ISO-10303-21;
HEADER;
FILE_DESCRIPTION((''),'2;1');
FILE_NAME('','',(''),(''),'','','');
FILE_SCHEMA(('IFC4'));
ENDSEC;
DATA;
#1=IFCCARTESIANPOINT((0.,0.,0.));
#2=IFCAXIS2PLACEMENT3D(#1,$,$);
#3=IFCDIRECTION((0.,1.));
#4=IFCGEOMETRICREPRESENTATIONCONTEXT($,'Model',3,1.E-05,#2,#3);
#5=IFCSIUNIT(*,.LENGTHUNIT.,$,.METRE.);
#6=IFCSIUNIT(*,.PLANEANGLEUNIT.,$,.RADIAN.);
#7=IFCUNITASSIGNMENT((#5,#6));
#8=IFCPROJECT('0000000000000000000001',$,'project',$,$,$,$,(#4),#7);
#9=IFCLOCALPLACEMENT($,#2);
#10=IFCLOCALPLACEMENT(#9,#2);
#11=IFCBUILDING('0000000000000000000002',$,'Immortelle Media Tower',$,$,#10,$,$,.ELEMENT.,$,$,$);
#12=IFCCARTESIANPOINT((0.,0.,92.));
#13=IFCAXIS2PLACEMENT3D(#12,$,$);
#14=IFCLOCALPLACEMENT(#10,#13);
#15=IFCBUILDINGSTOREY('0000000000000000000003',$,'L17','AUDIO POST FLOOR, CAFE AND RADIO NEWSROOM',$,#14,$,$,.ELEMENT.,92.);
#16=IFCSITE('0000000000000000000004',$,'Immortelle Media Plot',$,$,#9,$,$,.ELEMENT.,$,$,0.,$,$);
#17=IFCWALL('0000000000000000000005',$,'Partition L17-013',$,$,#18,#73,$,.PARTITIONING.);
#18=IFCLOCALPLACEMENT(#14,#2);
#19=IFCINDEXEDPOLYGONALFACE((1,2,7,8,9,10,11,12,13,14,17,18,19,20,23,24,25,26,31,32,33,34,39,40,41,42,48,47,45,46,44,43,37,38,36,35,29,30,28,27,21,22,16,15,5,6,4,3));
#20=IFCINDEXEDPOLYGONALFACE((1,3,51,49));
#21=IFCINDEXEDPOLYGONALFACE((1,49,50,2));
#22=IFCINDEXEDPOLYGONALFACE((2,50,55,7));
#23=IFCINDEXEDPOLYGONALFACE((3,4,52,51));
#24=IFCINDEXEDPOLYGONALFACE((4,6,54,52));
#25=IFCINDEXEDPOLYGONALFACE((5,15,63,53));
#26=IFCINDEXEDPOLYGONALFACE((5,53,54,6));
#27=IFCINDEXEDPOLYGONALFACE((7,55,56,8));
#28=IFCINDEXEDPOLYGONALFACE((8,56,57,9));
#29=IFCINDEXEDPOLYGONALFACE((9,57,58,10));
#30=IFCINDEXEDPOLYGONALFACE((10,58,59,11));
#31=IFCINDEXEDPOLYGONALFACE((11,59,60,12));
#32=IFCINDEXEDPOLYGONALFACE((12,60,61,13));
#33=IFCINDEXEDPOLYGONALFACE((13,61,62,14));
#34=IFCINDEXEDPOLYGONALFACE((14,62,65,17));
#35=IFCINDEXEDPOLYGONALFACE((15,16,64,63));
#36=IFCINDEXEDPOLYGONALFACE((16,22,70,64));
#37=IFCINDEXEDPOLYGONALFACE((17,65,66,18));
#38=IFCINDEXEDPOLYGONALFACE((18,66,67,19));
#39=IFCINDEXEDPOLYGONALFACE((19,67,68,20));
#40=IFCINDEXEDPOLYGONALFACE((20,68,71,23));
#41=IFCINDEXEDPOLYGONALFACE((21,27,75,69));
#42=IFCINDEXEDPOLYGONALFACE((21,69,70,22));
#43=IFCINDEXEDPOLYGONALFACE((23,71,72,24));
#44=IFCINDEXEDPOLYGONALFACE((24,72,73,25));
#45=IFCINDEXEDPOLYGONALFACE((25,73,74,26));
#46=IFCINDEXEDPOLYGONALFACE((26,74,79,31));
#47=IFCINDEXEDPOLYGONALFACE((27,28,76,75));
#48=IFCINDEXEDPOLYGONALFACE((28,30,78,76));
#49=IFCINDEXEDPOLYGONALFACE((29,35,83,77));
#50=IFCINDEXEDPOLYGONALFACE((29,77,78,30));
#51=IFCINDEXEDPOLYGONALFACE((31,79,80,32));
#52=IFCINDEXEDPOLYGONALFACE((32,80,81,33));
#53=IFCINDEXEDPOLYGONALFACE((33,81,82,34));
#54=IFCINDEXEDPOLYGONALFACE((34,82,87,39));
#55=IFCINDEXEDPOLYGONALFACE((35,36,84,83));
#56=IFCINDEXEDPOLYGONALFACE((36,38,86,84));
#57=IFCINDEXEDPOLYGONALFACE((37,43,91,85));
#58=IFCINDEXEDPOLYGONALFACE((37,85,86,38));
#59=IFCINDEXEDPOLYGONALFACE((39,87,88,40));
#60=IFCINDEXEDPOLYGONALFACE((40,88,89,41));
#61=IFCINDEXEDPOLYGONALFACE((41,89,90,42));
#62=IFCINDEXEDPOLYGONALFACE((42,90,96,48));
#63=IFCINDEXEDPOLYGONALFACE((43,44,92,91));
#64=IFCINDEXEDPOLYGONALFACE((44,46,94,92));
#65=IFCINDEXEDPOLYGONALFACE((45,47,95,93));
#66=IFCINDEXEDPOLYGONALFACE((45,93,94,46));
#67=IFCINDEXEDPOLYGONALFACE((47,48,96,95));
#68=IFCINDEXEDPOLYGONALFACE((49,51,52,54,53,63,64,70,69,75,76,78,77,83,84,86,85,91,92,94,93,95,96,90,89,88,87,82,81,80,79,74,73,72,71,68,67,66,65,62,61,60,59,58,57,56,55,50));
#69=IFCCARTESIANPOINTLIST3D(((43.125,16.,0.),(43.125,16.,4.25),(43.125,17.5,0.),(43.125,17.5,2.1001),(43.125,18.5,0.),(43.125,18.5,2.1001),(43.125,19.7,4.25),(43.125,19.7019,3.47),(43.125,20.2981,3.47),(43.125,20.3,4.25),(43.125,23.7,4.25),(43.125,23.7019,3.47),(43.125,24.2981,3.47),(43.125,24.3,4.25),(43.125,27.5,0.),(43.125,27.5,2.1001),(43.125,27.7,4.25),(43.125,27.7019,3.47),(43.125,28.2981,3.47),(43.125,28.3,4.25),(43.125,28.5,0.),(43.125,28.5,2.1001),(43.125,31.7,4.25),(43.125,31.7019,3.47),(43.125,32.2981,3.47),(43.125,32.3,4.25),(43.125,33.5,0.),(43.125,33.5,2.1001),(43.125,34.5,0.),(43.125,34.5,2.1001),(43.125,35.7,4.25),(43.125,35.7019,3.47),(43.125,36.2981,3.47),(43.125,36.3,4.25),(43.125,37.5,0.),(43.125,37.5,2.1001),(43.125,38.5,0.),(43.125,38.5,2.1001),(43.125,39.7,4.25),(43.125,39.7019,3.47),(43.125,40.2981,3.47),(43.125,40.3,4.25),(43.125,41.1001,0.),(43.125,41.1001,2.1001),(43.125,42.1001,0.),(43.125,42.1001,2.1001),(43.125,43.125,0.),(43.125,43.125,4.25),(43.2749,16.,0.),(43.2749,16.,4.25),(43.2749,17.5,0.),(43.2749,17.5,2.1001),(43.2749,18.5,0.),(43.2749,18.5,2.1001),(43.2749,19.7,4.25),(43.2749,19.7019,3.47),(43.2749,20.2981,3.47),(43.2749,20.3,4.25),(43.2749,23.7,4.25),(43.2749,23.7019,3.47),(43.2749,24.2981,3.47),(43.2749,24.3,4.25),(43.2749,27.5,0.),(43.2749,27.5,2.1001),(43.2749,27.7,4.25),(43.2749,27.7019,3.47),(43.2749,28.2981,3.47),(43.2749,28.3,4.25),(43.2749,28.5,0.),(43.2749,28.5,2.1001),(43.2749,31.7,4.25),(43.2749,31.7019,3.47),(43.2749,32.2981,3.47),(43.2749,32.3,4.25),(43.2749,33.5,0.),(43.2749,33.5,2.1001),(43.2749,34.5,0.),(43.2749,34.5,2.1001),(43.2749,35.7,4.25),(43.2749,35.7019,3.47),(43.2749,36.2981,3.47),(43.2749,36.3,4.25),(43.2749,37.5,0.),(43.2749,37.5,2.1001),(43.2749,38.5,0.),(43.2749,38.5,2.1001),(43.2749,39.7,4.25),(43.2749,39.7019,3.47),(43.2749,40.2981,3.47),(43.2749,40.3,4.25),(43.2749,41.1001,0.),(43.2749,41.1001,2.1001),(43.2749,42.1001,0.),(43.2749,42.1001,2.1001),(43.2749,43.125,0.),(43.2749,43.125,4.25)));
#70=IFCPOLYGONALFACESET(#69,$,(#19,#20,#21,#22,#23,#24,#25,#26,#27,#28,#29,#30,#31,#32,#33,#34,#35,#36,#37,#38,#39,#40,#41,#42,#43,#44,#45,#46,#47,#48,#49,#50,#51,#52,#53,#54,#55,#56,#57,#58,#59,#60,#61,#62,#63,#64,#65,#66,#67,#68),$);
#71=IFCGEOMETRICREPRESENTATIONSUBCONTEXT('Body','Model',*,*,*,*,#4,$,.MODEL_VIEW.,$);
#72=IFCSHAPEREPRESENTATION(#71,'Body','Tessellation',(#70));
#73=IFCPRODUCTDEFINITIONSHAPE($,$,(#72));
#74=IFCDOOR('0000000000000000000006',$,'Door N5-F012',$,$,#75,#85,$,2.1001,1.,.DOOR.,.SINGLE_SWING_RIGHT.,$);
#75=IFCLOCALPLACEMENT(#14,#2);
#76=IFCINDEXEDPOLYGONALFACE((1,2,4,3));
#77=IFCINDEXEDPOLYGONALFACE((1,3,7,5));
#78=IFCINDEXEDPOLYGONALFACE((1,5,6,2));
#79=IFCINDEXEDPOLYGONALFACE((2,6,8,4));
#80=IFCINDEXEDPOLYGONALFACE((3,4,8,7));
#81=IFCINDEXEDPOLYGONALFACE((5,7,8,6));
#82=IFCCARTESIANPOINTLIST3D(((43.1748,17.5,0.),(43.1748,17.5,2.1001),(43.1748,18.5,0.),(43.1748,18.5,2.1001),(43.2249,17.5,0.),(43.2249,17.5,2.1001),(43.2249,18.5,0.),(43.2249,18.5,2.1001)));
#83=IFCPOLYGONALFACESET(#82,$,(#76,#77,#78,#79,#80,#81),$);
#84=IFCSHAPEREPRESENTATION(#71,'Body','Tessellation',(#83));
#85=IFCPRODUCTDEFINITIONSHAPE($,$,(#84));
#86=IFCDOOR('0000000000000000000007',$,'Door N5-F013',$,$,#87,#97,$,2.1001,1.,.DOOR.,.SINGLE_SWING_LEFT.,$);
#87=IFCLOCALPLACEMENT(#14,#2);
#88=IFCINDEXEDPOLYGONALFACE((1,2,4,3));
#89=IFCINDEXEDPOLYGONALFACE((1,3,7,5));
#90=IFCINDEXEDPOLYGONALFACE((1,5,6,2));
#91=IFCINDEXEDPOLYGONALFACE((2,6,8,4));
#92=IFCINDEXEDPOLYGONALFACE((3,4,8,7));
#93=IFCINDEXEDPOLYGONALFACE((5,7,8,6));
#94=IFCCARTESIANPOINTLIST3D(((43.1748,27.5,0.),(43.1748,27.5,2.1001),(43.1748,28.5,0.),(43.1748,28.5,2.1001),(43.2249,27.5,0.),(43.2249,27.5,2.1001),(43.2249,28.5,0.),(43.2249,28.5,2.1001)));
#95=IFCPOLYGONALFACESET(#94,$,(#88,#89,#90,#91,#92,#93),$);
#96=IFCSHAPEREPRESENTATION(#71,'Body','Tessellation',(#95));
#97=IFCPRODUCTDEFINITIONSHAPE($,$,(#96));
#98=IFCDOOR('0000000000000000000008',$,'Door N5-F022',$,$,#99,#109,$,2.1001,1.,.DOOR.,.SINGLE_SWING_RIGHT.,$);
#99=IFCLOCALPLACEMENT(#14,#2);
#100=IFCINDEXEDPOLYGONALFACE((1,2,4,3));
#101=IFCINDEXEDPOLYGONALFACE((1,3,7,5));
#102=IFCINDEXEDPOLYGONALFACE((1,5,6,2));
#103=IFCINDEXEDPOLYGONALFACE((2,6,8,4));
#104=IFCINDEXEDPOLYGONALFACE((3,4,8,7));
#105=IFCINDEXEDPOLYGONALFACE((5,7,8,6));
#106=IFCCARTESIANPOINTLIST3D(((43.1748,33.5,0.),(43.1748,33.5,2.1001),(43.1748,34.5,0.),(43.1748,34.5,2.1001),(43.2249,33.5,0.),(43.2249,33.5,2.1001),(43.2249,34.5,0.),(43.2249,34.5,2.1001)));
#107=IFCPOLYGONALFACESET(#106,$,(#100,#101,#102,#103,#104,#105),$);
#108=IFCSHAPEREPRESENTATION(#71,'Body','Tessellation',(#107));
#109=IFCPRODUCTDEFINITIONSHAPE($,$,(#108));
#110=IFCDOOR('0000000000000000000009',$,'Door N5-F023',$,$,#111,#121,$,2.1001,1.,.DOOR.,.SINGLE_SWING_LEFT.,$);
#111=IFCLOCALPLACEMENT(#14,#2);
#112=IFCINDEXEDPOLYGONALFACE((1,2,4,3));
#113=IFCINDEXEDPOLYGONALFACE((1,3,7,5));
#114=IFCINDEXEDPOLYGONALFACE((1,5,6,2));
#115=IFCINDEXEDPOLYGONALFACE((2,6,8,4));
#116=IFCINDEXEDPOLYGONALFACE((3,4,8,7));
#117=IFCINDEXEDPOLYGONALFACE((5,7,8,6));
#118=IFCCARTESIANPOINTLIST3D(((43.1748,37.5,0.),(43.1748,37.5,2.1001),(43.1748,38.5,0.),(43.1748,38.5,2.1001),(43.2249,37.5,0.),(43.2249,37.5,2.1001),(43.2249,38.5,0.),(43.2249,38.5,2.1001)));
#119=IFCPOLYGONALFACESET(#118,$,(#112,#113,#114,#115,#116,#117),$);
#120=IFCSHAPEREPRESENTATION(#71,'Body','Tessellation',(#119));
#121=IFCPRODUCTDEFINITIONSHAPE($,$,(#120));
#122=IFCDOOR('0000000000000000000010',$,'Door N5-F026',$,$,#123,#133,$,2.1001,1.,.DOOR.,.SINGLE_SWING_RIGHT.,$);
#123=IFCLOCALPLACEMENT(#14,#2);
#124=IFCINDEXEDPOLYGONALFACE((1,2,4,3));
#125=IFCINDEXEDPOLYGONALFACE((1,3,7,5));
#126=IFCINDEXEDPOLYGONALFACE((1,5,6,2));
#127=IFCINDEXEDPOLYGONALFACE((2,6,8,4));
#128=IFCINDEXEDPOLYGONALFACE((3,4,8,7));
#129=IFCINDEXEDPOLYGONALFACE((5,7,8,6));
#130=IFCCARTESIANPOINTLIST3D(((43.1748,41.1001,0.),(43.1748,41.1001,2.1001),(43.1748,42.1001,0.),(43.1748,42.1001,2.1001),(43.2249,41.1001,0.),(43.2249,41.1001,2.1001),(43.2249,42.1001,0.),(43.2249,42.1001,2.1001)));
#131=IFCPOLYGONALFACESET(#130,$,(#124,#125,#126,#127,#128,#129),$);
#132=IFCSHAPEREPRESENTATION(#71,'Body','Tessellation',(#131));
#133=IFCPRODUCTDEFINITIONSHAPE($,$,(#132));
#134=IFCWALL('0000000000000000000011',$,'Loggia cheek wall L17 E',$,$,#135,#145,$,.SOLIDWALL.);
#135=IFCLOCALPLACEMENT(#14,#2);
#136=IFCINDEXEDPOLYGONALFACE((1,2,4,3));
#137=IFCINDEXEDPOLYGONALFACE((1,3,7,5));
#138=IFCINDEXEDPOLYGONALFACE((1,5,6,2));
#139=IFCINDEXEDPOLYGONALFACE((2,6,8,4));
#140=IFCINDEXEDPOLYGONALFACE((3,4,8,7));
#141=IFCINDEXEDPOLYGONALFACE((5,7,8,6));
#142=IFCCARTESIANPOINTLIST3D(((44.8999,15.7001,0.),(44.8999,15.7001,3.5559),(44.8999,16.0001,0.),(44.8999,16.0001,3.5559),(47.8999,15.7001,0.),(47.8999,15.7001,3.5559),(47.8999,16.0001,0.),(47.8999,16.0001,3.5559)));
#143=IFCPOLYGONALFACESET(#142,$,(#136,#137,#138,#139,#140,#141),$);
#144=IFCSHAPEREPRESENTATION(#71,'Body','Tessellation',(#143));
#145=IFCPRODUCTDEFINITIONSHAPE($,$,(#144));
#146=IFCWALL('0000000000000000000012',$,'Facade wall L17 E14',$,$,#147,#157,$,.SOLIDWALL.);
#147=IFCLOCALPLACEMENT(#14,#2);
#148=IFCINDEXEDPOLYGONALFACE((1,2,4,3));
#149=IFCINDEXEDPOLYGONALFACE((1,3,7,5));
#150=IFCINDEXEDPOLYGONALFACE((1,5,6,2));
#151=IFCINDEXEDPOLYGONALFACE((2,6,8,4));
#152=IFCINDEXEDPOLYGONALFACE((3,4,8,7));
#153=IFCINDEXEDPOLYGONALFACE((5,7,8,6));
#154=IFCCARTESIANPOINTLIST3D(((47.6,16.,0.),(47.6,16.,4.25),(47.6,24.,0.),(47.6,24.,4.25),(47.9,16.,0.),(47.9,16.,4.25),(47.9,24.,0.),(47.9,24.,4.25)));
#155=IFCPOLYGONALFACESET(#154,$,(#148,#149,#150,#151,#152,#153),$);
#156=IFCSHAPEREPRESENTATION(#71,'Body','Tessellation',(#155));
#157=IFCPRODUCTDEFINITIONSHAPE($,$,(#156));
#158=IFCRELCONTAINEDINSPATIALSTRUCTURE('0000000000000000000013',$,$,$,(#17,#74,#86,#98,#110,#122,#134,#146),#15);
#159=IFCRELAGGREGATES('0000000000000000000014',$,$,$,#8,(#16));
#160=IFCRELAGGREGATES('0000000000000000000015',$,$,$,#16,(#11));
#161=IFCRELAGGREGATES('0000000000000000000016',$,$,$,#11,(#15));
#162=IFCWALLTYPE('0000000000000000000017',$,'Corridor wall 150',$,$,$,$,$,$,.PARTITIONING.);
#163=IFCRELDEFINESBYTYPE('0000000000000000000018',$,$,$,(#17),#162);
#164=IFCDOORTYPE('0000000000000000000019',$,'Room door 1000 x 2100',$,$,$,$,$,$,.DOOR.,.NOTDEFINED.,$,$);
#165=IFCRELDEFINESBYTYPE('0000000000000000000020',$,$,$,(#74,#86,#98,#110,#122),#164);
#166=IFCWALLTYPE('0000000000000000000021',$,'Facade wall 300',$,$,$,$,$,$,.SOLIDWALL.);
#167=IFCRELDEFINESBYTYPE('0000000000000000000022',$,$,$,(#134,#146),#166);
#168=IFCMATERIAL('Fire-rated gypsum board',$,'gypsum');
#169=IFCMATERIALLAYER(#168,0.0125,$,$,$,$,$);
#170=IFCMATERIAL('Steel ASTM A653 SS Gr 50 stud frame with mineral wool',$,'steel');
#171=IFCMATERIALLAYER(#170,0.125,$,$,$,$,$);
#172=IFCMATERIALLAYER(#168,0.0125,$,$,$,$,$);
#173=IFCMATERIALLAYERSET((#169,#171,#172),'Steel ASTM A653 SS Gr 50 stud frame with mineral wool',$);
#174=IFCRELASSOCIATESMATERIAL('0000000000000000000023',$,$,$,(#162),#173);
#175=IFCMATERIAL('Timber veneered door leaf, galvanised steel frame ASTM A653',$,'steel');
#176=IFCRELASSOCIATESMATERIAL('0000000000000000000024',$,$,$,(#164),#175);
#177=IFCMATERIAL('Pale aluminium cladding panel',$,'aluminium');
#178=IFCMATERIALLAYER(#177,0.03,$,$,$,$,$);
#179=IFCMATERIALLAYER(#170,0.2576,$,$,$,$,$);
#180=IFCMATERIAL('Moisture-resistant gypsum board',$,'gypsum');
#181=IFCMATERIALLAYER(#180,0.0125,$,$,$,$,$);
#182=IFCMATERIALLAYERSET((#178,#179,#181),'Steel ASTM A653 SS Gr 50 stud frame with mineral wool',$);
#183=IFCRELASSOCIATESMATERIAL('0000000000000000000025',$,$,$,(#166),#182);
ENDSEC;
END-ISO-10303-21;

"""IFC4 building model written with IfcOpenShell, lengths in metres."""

from ifc_helpers import new_model, si_unit, direction, frame, frame_2d, origin, place, context, subcontext, project, spatial, polyline, rectangle, outline, extrude, material, layer, layer_set, type_object, element, fill, save


model = new_model("IFC4")

# Units and contexts
model_context = context("Model", 3, precision=1e-05, world=origin(), true_north=direction((0.0, 1.0)))
body_context = subcontext(model_context, "Body", "Model", "MODEL_VIEW")
ifc_project = project(units=[si_unit("LENGTHUNIT", "METRE"), si_unit("PLANEANGLEUNIT", "RADIAN")], contexts=[model_context])

# Site, building, storey
site_placement = place(None, origin())
site = spatial("IfcSite", under=ifc_project, at=site_placement, Name="Immortelle Media Plot", CompositionType="ELEMENT", RefElevation=0.0)
building_placement = place(site_placement, origin())
building = spatial("IfcBuilding", under=site, at=building_placement, Name="Immortelle Media Tower", CompositionType="ELEMENT")
storey_placement = place(building_placement, frame((0.0, 0.0, 92.0)))
storey = spatial("IfcBuildingStorey", under=building, at=storey_placement, Name="L17", Description="AUDIO POST FLOOR, CAFE AND RADIO NEWSROOM", CompositionType="ELEMENT", Elevation=92.0)

# Shared definitions
ifc_material_1 = material(Name="Fire-rated gypsum board", Category="gypsum")
ifc_layer_1 = layer(ifc_material_1, 0.0125)
ifc_material_2 = material(Name="Steel ASTM A653 SS Gr 50 stud frame with mineral wool", Category="steel")
ifc_layer_2 = layer(ifc_material_2, 0.125)
ifc_layer_3 = layer(ifc_material_1, 0.0125)
ifc_layer_set_1 = layer_set([ifc_layer_1, ifc_layer_2, ifc_layer_3], Name="Steel ASTM A653 SS Gr 50 stud frame with mineral wool")
wall_type_1 = type_object("IfcWallType", Name="Corridor wall 150", PredefinedType="PARTITIONING", material=ifc_layer_set_1)
ifc_material_3 = material(Name="Timber veneered door leaf, galvanised steel frame ASTM A653", Category="steel")
door_type = type_object("IfcDoorType", Name="Room door 1000 x 2100", OperationType="NOTDEFINED", PredefinedType="DOOR", material=ifc_material_3)

# Wall, openings, doors
wall_1_placement = place(storey_placement, frame((43.2, 16.0, 0.0), z_axis=(0.0, 0.0, 1.0), x_axis=(0.0, 1.0, 0.0)))
wall_1 = element("IfcWall", 1, at=wall_1_placement, inside=storey, type_object=wall_type_1, Name="Partition L17-013", PredefinedType="PARTITIONING", context=body_context, shape_type="SweptSolid", body=[
    extrude(outline(polyline([(0.0, 0.0), (27.125, 0.0), (27.125, 4.25), (24.3, 4.25), (24.2981, 3.47), (23.7019, 3.47), (23.7, 4.25), (20.3, 4.25), (20.2981, 3.47), (19.7019, 3.47), (19.7, 4.25), (16.3, 4.25), (16.2981, 3.47), (15.7019, 3.47), (15.7, 4.25), (12.3, 4.25), (12.2981, 3.47), (11.7019, 3.47), (11.7, 4.25), (8.3, 4.25), (8.2981, 3.47), (7.7019, 3.47), (7.7, 4.25), (4.3, 4.25), (4.2981, 3.47), (3.7019, 3.47), (3.7, 4.25), (0.0, 4.25), (0.0, 0.0)])), frame((0.0, 0.075, 0.0), z_axis=(0.0, -1.0, 0.0), x_axis=(1.0, 0.0, 0.0)), (0.0, 0.0, 1.0), 0.1499),
])
opening_1_placement = place(wall_1_placement, frame((2.5, 0.0, 0.0), z_axis=(0.0, 0.0, 1.0), x_axis=(-1.0, 0.0, 0.0)))
opening_1 = element("IfcOpeningElement", 2, at=opening_1_placement, cuts=wall_1, PredefinedType="OPENING", context=body_context, shape_type="SweptSolid", body=[
    extrude(rectangle(XDim=1.0, YDim=2.1001, at=frame_2d((0.5, 1.05))), frame((0.0, 0.085, 0.0), z_axis=(0.0, -1.0, 0.0), x_axis=(1.0, 0.0, 0.0)), (0.0, 0.0, 1.0), 0.1699),
])
opening_2_placement = place(wall_1_placement, frame((12.5, 0.0, 0.0), z_axis=(0.0, 0.0, 1.0), x_axis=(-1.0, 0.0, 0.0)))
opening_2 = element("IfcOpeningElement", 3, at=opening_2_placement, cuts=wall_1, PredefinedType="OPENING", context=body_context, shape_type="SweptSolid", body=[
    extrude(rectangle(XDim=1.0, YDim=2.1001, at=frame_2d((0.5, 1.05))), frame((0.0, 0.085, 0.0), z_axis=(0.0, -1.0, 0.0), x_axis=(1.0, 0.0, 0.0)), (0.0, 0.0, 1.0), 0.1699),
])
opening_3_placement = place(wall_1_placement, frame((18.5, 0.0, 0.0), z_axis=(0.0, 0.0, 1.0), x_axis=(-1.0, 0.0, 0.0)))
opening_3 = element("IfcOpeningElement", 4, at=opening_3_placement, cuts=wall_1, PredefinedType="OPENING", context=body_context, shape_type="SweptSolid", body=[
    extrude(rectangle(XDim=1.0, YDim=2.1001, at=frame_2d((0.5, 1.05))), frame((0.0, 0.085, 0.0), z_axis=(0.0, -1.0, 0.0), x_axis=(1.0, 0.0, 0.0)), (0.0, 0.0, 1.0), 0.1699),
])
opening_4_placement = place(wall_1_placement, frame((22.5, 0.0, 0.0), z_axis=(0.0, 0.0, 1.0), x_axis=(-1.0, 0.0, 0.0)))
opening_4 = element("IfcOpeningElement", 5, at=opening_4_placement, cuts=wall_1, PredefinedType="OPENING", context=body_context, shape_type="SweptSolid", body=[
    extrude(rectangle(XDim=1.0, YDim=2.1001, at=frame_2d((0.5, 1.05))), frame((0.0, 0.085, 0.0), z_axis=(0.0, -1.0, 0.0), x_axis=(1.0, 0.0, 0.0)), (0.0, 0.0, 1.0), 0.1699),
])
opening_5_placement = place(wall_1_placement, frame((26.1001, 0.0, 0.0), z_axis=(0.0, 0.0, 1.0), x_axis=(-1.0, 0.0, 0.0)))
opening_5 = element("IfcOpeningElement", 6, at=opening_5_placement, cuts=wall_1, PredefinedType="OPENING", context=body_context, shape_type="SweptSolid", body=[
    extrude(rectangle(XDim=1.0, YDim=2.1001, at=frame_2d((0.5, 1.05))), frame((0.0, 0.085, 0.0), z_axis=(0.0, -1.0, 0.0), x_axis=(1.0, 0.0, 0.0)), (0.0, 0.0, 1.0), 0.1699),
])
door_1_placement = place(opening_1_placement, origin())
door_1 = element("IfcDoor", 7, at=door_1_placement, inside=storey, type_object=door_type, Name="Door N5-F012", OperationType="SINGLE_SWING_RIGHT", OverallHeight=2.1001, OverallWidth=1.0, PredefinedType="DOOR", context=body_context, shape_type="SweptSolid", body=[
    extrude(rectangle(XDim=1.0, YDim=2.1001, at=frame_2d((0.5, 1.05))), frame((0.0, 0.0249, 0.0), z_axis=(0.0, -1.0, 0.0), x_axis=(1.0, 0.0, 0.0)), (0.0, 0.0, 1.0), 0.05),
])
fill(opening_1, door_1)
door_2_placement = place(opening_2_placement, origin())
door_2 = element("IfcDoor", 8, at=door_2_placement, inside=storey, type_object=door_type, Name="Door N5-F013", OperationType="SINGLE_SWING_LEFT", OverallHeight=2.1001, OverallWidth=1.0, PredefinedType="DOOR", context=body_context, shape_type="SweptSolid", body=[
    extrude(rectangle(XDim=1.0, YDim=2.1001, at=frame_2d((0.5, 1.05))), frame((0.0, 0.0249, 0.0), z_axis=(0.0, -1.0, 0.0), x_axis=(1.0, 0.0, 0.0)), (0.0, 0.0, 1.0), 0.05),
])
fill(opening_2, door_2)
door_3_placement = place(opening_3_placement, origin())
door_3 = element("IfcDoor", 9, at=door_3_placement, inside=storey, type_object=door_type, Name="Door N5-F022", OperationType="SINGLE_SWING_RIGHT", OverallHeight=2.1001, OverallWidth=1.0, PredefinedType="DOOR", context=body_context, shape_type="SweptSolid", body=[
    extrude(rectangle(XDim=1.0, YDim=2.1001, at=frame_2d((0.5, 1.05))), frame((0.0, 0.0249, 0.0), z_axis=(0.0, -1.0, 0.0), x_axis=(1.0, 0.0, 0.0)), (0.0, 0.0, 1.0), 0.05),
])
fill(opening_3, door_3)
door_4_placement = place(opening_4_placement, origin())
door_4 = element("IfcDoor", 10, at=door_4_placement, inside=storey, type_object=door_type, Name="Door N5-F023", OperationType="SINGLE_SWING_LEFT", OverallHeight=2.1001, OverallWidth=1.0, PredefinedType="DOOR", context=body_context, shape_type="SweptSolid", body=[
    extrude(rectangle(XDim=1.0, YDim=2.1001, at=frame_2d((0.5, 1.05))), frame((0.0, 0.0249, 0.0), z_axis=(0.0, -1.0, 0.0), x_axis=(1.0, 0.0, 0.0)), (0.0, 0.0, 1.0), 0.05),
])
fill(opening_4, door_4)
door_5_placement = place(opening_5_placement, origin())
door_5 = element("IfcDoor", 11, at=door_5_placement, inside=storey, type_object=door_type, Name="Door N5-F026", OperationType="SINGLE_SWING_RIGHT", OverallHeight=2.1001, OverallWidth=1.0, PredefinedType="DOOR", context=body_context, shape_type="SweptSolid", body=[
    extrude(rectangle(XDim=1.0, YDim=2.1001, at=frame_2d((0.5, 1.05))), frame((0.0, 0.0249, 0.0), z_axis=(0.0, -1.0, 0.0), x_axis=(1.0, 0.0, 0.0)), (0.0, 0.0, 1.0), 0.05),
])
fill(opening_5, door_5)

# Walls
ifc_material_4 = material(Name="Pale aluminium cladding panel", Category="aluminium")
ifc_layer_4 = layer(ifc_material_4, 0.03)
ifc_layer_5 = layer(ifc_material_2, 0.2576)
ifc_material_5 = material(Name="Moisture-resistant gypsum board", Category="gypsum")
ifc_layer_6 = layer(ifc_material_5, 0.0125)
ifc_layer_set_2 = layer_set([ifc_layer_4, ifc_layer_5, ifc_layer_6], Name="Steel ASTM A653 SS Gr 50 stud frame with mineral wool")
wall_type_2 = type_object("IfcWallType", Name="Facade wall 300", PredefinedType="SOLIDWALL", material=ifc_layer_set_2)
wall_2_placement = place(storey_placement, frame((47.8999, 15.8501, 0.0), z_axis=(0.0, 0.0, 1.0), x_axis=(-1.0, 0.0, 0.0)))
element("IfcWall", 12, at=wall_2_placement, inside=storey, type_object=wall_type_2, Name="Loggia cheek wall L17 E", PredefinedType="SOLIDWALL", context=body_context, shape_type="SweptSolid", body=[
    extrude(rectangle(XDim=3.0, YDim=0.3, at=frame_2d((1.5, 0.0))), origin(), (0.0, 0.0, 1.0), 3.5559),
])
wall_3_placement = place(storey_placement, frame((47.75, 16.0, 0.0), z_axis=(0.0, 0.0, 1.0), x_axis=(0.0, 1.0, 0.0)))
element("IfcWall", 13, at=wall_3_placement, inside=storey, type_object=wall_type_2, Name="Facade wall L17 E14", PredefinedType="SOLIDWALL", context=body_context, shape_type="SweptSolid", body=[
    extrude(rectangle(XDim=8.0, YDim=0.3, at=frame_2d((4.0, 0.0))), origin(), (0.0, 0.0, 1.0), 4.25),
])

save(model, "model.ifc")
